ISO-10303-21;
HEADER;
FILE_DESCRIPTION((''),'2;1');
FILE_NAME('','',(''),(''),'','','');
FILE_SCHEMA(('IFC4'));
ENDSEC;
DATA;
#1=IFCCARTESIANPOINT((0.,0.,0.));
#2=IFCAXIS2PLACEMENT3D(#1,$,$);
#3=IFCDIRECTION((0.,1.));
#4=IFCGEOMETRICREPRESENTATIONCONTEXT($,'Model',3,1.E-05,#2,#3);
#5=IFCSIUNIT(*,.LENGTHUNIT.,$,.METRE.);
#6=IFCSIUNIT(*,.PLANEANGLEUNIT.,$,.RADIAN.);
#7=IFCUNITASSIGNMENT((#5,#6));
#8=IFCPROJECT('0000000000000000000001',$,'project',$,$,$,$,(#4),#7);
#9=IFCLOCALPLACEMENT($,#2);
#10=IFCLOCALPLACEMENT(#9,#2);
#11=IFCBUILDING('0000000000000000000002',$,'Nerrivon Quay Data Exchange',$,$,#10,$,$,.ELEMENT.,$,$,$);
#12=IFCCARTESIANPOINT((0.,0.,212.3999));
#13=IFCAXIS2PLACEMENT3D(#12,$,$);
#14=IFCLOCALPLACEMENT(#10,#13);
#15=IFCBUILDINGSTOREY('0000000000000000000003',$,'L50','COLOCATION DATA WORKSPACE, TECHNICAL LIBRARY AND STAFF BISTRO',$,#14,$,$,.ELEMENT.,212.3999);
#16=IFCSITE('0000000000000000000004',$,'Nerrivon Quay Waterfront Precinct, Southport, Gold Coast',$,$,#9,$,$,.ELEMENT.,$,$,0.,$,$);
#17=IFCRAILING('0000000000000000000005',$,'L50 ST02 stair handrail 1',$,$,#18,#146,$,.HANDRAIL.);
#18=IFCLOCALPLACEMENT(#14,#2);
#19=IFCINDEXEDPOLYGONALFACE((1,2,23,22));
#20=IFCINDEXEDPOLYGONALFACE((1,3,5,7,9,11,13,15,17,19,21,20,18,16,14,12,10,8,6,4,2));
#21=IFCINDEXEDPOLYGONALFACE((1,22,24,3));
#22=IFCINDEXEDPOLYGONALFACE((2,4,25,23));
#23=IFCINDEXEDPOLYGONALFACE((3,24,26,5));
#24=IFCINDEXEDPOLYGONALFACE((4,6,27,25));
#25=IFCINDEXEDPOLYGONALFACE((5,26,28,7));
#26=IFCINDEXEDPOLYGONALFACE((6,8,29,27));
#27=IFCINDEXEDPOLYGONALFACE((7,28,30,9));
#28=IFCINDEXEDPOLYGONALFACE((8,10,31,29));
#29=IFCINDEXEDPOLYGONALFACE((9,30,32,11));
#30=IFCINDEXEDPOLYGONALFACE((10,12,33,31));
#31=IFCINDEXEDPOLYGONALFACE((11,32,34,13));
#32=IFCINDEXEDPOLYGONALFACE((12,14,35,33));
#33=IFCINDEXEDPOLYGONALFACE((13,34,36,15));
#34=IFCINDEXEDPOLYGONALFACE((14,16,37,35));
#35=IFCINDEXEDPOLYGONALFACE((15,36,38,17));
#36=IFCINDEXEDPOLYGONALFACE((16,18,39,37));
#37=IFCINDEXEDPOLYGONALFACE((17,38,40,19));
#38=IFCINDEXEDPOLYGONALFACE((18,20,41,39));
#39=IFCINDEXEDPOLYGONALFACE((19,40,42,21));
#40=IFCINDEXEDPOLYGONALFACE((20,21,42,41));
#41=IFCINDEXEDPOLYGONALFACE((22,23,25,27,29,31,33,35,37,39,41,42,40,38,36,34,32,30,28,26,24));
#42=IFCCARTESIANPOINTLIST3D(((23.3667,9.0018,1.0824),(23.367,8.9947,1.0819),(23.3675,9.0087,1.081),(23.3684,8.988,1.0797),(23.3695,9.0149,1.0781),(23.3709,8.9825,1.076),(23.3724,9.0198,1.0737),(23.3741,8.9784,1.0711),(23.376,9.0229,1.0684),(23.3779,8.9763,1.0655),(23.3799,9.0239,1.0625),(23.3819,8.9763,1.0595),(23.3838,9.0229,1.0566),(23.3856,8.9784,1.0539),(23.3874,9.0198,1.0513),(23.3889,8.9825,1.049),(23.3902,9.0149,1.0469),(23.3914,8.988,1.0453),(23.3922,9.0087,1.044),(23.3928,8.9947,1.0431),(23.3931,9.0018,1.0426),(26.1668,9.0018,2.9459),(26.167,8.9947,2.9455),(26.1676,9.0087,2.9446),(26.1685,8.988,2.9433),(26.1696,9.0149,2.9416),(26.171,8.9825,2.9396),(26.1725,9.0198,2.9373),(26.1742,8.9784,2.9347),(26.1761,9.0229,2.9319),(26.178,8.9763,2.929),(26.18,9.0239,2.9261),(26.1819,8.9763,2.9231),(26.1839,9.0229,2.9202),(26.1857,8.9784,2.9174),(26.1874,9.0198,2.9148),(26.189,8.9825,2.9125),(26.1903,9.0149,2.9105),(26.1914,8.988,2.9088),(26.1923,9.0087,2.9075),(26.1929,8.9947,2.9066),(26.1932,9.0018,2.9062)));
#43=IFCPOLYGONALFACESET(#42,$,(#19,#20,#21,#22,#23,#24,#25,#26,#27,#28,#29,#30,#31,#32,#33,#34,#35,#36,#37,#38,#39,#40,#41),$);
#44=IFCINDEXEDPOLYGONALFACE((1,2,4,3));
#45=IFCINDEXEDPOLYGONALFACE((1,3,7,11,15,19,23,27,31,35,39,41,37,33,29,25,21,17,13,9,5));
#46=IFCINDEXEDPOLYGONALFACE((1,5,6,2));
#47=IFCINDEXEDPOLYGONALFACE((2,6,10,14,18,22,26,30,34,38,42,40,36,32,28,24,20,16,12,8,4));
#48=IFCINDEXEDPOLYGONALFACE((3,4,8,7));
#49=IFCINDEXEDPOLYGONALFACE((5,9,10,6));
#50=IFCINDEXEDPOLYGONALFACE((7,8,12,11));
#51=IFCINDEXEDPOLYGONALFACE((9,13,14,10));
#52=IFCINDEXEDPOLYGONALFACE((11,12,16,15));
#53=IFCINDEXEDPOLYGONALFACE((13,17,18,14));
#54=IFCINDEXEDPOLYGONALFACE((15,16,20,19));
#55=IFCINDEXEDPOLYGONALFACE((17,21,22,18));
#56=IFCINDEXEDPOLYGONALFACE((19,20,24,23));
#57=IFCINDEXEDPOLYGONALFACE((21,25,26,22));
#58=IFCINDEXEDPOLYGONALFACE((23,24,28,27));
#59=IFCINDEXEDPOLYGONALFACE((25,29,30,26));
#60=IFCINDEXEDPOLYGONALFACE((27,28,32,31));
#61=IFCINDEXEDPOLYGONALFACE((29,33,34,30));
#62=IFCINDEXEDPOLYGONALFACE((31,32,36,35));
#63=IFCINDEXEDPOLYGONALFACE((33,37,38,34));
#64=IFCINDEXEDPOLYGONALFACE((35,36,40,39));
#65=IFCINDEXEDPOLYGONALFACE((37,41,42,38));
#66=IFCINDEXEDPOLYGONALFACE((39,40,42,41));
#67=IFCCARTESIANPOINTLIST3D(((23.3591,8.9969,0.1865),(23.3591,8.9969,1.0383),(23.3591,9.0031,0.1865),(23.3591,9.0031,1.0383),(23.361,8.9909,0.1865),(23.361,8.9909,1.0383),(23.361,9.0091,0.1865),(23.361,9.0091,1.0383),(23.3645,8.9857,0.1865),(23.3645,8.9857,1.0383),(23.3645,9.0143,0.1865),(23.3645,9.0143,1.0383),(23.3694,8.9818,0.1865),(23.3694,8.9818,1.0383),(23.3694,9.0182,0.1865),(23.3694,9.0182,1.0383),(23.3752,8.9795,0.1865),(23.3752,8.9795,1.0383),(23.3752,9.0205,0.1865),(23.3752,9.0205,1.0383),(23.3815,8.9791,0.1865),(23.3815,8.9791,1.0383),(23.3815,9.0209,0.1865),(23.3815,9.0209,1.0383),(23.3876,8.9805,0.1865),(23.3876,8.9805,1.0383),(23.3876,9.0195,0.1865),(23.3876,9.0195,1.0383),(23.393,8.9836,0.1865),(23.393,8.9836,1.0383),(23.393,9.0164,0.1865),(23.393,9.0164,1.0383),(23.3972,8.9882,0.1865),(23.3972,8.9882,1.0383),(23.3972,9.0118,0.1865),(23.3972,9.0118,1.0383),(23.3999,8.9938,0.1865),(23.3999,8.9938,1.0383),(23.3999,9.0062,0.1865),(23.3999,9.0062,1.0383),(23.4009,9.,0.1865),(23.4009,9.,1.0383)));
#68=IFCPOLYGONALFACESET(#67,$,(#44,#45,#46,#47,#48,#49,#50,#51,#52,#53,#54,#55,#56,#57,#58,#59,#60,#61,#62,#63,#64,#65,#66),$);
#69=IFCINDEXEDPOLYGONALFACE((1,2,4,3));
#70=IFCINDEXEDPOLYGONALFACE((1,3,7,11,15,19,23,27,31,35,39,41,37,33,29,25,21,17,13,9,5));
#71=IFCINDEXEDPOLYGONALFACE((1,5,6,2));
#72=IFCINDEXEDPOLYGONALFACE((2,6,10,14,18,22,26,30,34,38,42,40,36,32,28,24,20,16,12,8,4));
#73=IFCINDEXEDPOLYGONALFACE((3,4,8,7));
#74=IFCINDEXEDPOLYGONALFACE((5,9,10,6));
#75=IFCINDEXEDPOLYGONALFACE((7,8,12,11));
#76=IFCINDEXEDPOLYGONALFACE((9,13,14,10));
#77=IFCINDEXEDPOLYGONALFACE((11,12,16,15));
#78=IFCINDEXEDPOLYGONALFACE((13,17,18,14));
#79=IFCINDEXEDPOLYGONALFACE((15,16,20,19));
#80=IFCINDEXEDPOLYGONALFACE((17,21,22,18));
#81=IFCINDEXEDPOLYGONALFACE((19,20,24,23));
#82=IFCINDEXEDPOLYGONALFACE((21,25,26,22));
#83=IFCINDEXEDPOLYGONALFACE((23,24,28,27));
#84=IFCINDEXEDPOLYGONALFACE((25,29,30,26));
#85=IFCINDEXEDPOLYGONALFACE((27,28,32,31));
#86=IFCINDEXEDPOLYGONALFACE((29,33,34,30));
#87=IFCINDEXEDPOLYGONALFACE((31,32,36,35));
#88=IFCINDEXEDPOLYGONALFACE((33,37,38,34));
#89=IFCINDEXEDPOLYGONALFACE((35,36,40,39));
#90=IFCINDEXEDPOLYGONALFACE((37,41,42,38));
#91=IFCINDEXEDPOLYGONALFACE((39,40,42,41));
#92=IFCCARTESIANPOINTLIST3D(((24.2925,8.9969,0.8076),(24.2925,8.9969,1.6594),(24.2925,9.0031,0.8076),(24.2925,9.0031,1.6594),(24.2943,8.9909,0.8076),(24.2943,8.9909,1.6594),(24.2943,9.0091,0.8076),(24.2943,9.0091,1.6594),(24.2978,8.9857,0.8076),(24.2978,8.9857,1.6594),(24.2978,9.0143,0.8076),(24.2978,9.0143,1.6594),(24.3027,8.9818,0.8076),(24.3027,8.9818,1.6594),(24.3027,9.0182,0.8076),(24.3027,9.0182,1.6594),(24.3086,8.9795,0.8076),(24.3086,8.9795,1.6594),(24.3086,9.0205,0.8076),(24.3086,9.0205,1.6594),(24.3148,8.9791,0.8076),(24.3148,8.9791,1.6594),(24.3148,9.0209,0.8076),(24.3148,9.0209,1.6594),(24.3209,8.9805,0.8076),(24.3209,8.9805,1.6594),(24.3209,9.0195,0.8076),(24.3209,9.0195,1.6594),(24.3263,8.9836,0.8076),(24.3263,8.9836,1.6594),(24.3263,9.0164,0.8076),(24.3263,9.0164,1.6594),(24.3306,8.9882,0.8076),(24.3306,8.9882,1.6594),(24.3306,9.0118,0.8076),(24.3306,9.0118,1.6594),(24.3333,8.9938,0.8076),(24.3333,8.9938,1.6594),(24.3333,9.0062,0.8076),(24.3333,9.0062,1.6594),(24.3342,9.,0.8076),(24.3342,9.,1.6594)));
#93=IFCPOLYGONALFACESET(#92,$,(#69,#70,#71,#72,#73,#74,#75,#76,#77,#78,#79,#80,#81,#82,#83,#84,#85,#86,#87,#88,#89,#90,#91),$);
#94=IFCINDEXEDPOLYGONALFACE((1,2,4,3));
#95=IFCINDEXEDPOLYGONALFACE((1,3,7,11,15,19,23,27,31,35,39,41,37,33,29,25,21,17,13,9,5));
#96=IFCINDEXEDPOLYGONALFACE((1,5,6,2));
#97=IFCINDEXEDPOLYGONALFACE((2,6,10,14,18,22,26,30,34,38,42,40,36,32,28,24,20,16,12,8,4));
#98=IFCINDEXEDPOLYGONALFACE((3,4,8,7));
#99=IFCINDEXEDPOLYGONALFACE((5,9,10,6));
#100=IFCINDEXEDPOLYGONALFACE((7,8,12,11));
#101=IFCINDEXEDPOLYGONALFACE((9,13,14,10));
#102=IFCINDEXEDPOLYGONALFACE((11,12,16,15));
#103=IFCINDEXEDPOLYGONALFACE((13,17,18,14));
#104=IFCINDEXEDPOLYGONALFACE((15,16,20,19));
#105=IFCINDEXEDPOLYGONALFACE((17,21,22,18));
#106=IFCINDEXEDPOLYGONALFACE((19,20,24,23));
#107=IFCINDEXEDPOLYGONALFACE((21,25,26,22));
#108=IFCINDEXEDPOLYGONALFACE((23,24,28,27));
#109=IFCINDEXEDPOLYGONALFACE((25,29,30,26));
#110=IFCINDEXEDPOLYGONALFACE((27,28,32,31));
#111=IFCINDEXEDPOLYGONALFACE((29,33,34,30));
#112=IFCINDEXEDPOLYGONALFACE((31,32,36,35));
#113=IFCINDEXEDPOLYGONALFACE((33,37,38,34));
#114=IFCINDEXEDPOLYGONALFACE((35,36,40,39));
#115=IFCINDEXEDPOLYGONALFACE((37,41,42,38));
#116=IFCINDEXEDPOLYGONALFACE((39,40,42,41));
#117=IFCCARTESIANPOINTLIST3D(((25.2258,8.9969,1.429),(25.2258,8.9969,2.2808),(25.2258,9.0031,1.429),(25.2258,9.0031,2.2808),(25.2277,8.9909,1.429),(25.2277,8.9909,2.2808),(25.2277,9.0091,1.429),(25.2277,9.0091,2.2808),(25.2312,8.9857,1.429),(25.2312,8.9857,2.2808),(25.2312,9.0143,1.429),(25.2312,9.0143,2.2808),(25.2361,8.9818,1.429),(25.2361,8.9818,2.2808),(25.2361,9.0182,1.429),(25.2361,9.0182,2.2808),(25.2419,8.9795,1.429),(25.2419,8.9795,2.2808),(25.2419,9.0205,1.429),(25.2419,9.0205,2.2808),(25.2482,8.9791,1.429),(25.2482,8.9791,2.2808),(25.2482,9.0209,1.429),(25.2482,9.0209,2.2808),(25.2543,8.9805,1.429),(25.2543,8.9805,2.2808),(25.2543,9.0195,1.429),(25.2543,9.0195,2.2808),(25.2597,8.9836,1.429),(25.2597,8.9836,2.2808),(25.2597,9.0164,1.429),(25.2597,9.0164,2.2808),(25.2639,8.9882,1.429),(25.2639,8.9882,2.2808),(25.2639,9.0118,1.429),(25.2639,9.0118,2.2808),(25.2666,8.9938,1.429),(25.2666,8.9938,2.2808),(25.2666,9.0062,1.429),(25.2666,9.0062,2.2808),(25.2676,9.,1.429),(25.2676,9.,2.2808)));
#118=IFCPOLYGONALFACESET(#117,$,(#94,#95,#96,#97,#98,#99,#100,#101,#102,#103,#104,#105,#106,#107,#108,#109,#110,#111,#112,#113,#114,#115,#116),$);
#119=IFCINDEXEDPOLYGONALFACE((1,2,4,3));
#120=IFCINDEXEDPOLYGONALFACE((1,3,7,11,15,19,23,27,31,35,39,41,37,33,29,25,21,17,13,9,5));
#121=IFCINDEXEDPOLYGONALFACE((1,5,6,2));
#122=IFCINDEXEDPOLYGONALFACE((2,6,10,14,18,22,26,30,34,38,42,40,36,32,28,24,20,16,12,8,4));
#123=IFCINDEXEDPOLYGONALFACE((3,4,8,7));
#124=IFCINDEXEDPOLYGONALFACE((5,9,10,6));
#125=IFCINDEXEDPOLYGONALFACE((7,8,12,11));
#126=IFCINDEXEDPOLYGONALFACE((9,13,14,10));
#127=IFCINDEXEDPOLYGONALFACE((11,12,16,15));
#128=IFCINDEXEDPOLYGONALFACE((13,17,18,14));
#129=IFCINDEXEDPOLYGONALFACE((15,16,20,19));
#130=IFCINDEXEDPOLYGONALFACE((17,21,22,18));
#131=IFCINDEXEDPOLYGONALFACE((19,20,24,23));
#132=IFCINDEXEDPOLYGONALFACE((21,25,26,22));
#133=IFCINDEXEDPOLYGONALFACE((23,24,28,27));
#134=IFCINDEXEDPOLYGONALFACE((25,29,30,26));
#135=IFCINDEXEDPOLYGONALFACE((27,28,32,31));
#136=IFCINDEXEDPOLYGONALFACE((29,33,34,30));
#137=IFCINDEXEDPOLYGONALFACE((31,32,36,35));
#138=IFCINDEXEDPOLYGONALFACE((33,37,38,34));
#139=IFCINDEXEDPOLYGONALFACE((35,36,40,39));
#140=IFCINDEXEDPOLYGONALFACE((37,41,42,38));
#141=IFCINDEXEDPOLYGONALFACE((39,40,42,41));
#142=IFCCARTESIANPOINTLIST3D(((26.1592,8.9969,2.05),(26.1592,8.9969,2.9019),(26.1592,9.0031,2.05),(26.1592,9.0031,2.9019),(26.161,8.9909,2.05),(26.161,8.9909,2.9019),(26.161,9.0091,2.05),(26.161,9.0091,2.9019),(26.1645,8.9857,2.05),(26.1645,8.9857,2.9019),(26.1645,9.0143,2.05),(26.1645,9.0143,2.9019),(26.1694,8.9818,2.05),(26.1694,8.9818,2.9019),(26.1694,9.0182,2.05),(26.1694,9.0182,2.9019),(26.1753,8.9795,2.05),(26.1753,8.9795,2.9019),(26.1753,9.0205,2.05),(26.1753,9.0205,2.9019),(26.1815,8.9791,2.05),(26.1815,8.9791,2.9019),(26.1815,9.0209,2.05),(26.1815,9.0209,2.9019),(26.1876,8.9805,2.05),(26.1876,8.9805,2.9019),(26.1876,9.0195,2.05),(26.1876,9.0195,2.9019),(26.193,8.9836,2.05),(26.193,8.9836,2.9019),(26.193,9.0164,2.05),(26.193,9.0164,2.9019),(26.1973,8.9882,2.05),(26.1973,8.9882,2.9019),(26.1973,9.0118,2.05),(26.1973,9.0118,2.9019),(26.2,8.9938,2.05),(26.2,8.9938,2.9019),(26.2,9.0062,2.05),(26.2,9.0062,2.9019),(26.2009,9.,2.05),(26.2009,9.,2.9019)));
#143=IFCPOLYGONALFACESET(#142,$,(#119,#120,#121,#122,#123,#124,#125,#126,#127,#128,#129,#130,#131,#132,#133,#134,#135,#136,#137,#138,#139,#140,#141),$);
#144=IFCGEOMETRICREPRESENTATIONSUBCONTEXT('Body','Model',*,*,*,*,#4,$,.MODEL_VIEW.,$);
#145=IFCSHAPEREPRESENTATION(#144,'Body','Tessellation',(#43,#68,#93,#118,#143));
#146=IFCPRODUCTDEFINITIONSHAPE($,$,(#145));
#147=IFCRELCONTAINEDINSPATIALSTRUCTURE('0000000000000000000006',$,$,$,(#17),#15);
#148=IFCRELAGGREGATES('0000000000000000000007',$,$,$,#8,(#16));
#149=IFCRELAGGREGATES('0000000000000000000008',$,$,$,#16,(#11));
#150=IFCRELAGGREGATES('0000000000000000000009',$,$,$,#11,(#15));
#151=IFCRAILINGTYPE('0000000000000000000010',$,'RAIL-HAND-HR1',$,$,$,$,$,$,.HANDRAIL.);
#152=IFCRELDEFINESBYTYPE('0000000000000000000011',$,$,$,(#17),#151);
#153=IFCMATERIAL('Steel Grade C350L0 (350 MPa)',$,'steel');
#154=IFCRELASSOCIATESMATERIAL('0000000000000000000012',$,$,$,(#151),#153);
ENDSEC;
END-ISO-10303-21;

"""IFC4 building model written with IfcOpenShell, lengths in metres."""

from ifc_helpers import new_model, si_unit, direction, frame, origin, origin_2d, place, context, subcontext, project, spatial, circle, extrude, material, type_object, element, save


model = new_model("IFC4")

# Units and contexts
model_context = context("Model", 3, precision=1e-05, world=origin(), true_north=direction((0.0, 1.0)))
body_context = subcontext(model_context, "Body", "Model", "MODEL_VIEW")
ifc_project = project(units=[si_unit("LENGTHUNIT", "METRE"), si_unit("PLANEANGLEUNIT", "RADIAN")], contexts=[model_context])

# Site, building, storey
site_placement = place(None, origin())
site = spatial("IfcSite", under=ifc_project, at=site_placement, Name="Nerrivon Quay Waterfront Precinct, Southport, Gold Coast", CompositionType="ELEMENT", RefElevation=0.0)
building_placement = place(site_placement, origin())
building = spatial("IfcBuilding", under=site, at=building_placement, Name="Nerrivon Quay Data Exchange", CompositionType="ELEMENT")
storey_placement = place(building_placement, frame((0.0, 0.0, 212.3999)))
storey = spatial("IfcBuildingStorey", under=building, at=storey_placement, Name="L50", Description="COLOCATION DATA WORKSPACE, TECHNICAL LIBRARY AND STAFF BISTRO", CompositionType="ELEMENT", Elevation=212.3999)

# Railing
ifc_material_1 = material(Name="Steel Grade C350L0 (350 MPa)", Category="steel")
railing_type_1 = type_object("IfcRailingType", Name="RAIL-HAND-HR1", PredefinedType="HANDRAIL", material=ifc_material_1)
railing_1_placement = place(storey_placement, frame((23.3799, 9.0, 0.1865)))
element("IfcRailing", 1, at=railing_1_placement, inside=storey, type_object=railing_type_1, Name="L50 ST02 stair handrail 1", PredefinedType="HANDRAIL", context=body_context, shape_type="SweptSolid", body=[
    extrude(circle(Radius=0.0239, at=origin_2d()), frame((0.0, 0.0, 0.876), z_axis=(0.832486, 0.0, 0.554047), x_axis=(0.0, 1.0, 0.0)), (0.0, 0.0, 1.0), 3.3635),
    extrude(circle(Radius=0.021, at=origin_2d()), origin(), (0.0, 0.0, 1.0), 0.8518),
    extrude(circle(Radius=0.021, at=origin_2d()), frame((0.9333, 0.0, 0.6211)), (0.0, 0.0, 1.0), 0.8518),
    extrude(circle(Radius=0.021, at=origin_2d()), frame((1.8667, 0.0, 1.2424)), (0.0, 0.0, 1.0), 0.8518),
    extrude(circle(Radius=0.021, at=origin_2d()), frame((2.8, 0.0, 1.8635)), (0.0, 0.0, 1.0), 0.8518),
])

save(model, "model.ifc")
